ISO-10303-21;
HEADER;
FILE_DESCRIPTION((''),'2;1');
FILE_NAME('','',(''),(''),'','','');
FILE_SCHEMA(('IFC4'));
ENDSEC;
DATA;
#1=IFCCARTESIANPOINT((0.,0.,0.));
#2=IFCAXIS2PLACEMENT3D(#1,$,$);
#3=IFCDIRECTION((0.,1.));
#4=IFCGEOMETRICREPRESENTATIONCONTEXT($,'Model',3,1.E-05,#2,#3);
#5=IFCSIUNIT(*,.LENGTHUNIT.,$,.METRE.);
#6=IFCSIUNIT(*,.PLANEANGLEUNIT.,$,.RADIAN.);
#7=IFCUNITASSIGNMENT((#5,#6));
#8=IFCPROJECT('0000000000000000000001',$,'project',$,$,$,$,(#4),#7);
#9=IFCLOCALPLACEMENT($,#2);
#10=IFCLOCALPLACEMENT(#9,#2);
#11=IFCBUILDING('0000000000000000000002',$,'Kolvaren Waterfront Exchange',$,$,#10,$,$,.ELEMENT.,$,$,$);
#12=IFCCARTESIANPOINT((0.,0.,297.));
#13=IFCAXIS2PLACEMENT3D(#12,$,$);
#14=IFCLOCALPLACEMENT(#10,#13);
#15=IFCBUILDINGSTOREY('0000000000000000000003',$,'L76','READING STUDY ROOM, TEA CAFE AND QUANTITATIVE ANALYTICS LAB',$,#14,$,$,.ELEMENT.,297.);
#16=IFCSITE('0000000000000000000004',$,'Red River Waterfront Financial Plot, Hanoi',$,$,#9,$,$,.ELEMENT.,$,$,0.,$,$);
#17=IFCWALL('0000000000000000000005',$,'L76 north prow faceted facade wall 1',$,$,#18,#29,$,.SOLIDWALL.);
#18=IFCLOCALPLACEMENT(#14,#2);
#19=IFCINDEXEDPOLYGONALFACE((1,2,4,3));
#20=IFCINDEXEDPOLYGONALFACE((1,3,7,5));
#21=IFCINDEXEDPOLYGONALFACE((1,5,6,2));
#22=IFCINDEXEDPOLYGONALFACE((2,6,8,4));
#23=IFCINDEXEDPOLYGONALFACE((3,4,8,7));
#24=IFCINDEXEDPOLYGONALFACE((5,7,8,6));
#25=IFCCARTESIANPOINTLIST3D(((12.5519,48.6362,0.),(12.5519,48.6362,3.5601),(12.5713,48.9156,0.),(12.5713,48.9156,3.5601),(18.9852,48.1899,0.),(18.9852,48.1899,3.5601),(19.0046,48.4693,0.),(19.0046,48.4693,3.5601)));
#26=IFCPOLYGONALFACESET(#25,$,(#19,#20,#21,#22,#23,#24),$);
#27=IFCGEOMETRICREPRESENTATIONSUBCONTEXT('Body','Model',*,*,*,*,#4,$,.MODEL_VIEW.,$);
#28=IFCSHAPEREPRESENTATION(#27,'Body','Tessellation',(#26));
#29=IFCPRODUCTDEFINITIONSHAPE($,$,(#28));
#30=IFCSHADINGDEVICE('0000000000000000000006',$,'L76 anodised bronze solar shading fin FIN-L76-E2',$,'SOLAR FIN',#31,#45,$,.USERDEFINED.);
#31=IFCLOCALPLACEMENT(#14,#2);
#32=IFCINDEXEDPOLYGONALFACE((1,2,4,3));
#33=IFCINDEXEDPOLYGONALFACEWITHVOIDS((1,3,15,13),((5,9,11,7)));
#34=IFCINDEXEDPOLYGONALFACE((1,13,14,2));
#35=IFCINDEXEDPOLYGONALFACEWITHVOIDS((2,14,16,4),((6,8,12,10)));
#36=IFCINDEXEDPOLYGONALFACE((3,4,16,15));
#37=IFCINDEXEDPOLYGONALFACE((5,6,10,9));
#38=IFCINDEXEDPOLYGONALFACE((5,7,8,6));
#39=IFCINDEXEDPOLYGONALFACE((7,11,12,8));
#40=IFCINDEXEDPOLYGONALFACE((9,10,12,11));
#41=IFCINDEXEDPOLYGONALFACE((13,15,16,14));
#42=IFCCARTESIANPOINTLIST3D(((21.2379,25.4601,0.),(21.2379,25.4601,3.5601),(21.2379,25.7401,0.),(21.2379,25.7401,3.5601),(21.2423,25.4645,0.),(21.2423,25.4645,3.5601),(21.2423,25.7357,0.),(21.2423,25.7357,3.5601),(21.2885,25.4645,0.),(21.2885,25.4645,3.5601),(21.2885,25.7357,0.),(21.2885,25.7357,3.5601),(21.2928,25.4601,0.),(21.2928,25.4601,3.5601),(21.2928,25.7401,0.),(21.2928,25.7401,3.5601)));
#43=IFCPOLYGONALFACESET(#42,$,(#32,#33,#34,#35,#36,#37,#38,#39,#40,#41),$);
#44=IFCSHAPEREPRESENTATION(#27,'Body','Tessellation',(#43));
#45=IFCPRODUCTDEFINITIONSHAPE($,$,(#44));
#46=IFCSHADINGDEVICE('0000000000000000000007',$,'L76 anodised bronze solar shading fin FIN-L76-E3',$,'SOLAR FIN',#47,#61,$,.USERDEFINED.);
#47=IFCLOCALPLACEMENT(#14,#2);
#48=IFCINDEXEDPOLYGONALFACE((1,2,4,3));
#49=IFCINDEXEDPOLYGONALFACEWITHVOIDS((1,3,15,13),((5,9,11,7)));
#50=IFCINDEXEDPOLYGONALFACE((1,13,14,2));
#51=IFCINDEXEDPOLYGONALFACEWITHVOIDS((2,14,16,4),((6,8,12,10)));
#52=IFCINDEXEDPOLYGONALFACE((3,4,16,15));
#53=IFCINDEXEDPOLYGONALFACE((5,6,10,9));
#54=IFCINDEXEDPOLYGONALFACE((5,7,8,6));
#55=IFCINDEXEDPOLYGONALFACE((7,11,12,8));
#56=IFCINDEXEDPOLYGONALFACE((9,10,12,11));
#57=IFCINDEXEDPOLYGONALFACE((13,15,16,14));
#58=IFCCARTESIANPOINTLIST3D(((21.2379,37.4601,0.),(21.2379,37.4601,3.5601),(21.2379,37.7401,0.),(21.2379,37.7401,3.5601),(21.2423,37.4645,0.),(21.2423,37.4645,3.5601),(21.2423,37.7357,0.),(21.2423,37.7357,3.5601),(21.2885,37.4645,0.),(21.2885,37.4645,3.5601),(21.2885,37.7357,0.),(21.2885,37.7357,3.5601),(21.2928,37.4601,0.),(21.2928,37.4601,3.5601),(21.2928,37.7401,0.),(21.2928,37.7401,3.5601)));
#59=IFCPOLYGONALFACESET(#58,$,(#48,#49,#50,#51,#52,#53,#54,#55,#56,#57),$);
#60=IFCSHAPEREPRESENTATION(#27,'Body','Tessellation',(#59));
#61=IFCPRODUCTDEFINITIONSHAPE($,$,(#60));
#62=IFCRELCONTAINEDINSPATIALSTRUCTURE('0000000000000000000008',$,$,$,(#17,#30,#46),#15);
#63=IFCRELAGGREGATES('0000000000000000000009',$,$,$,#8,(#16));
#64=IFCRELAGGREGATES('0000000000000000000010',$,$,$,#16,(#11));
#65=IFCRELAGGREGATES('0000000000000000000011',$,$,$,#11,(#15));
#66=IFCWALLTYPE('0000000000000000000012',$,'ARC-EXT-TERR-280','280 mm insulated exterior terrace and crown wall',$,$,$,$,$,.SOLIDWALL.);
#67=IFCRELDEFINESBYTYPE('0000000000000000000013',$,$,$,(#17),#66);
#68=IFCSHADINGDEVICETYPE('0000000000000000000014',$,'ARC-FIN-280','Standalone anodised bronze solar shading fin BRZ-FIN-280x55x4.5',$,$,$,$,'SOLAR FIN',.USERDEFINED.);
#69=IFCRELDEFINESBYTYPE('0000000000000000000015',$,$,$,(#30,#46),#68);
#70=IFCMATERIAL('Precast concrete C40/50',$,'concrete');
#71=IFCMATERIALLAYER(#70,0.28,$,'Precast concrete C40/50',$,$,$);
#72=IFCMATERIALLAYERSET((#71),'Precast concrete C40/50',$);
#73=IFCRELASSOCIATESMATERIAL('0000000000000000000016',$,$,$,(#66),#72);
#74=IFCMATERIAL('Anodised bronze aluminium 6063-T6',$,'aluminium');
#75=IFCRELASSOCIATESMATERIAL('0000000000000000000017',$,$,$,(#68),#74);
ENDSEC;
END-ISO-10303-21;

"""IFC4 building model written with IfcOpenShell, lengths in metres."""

from ifc_helpers import new_model, si_unit, direction, frame, frame_2d, origin, origin_2d, place, context, subcontext, project, spatial, rectangle, hollow_rectangle, extrude, material, layer, layer_set, material_profile, profile_set, type_object, element, save


model = new_model("IFC4")

# Units and contexts
model_context = context("Model", 3, precision=1e-05, world=origin(), true_north=direction((0.0, 1.0)))
body_context = subcontext(model_context, "Body", "Model", "MODEL_VIEW")
ifc_project = project(units=[si_unit("LENGTHUNIT", "METRE"), si_unit("PLANEANGLEUNIT", "RADIAN")], contexts=[model_context])

# Site, building, storey
site_placement = place(None, origin())
site = spatial("IfcSite", under=ifc_project, at=site_placement, Name="Red River Waterfront Financial Plot, Hanoi", CompositionType="ELEMENT", RefElevation=0.0)
building_placement = place(site_placement, origin())
building = spatial("IfcBuilding", under=site, at=building_placement, Name="Kolvaren Waterfront Exchange", CompositionType="ELEMENT")
storey_placement = place(building_placement, frame((0.0, 0.0, 297.0)))
storey = spatial("IfcBuildingStorey", under=building, at=storey_placement, Name="L76", Description="READING STUDY ROOM, TEA CAFE AND QUANTITATIVE ANALYTICS LAB", CompositionType="ELEMENT", Elevation=297.0)

# Shared definitions
ifc_material_1 = material(Name="Anodised bronze aluminium 6063-T6", Category="aluminium")

# Wall
ifc_material_2 = material(Name="Precast concrete C40/50", Category="concrete")
ifc_layer_1 = layer(ifc_material_2, 0.28, Name="Precast concrete C40/50")
ifc_layer_set_1 = layer_set([ifc_layer_1], Name="Precast concrete C40/50")
wall_type = type_object("IfcWallType", Name="ARC-EXT-TERR-280", Description="280 mm insulated exterior terrace and crown wall", PredefinedType="SOLIDWALL", material=ifc_layer_set_1)
wall_1_placement = place(storey_placement, frame((18.9949, 48.3296, 0.0), z_axis=(0.0, 0.0, 1.0), x_axis=(-0.997602, 0.069205, 0.0)))
element("IfcWall", 1, at=wall_1_placement, inside=storey, type_object=wall_type, Name="L76 north prow faceted facade wall 1", PredefinedType="SOLIDWALL", context=body_context, shape_type="SweptSolid", body=[
    extrude(rectangle(XDim=6.4487, YDim=0.28, at=frame_2d((3.2244, 0.0))), origin(), (0.0, 0.0, 1.0), 3.5601),
])

# Shading devices
ifc_material_profile_1 = material_profile(ifc_material_1, hollow_rectangle(XDim=0.0549, YDim=0.28, WallThickness=0.0044, at=origin_2d()), Name="BRZ-FIN-280x55x4.5")
ifc_profile_set_1 = profile_set([ifc_material_profile_1], Name="Anodised bronze aluminium 6063-T6")
shading_device_type = type_object("IfcShadingDeviceType", Name="ARC-FIN-280", Description="Standalone anodised bronze solar shading fin BRZ-FIN-280x55x4.5", ElementType="SOLAR FIN", PredefinedType="USERDEFINED", material=ifc_profile_set_1)
for number, where, z_axis, x_axis, name in (
    (2, (21.2654, 25.6001, 0.0), (0.0, 0.0, 1.0), (1.0, 0.0, 0.0), "L76 anodised bronze solar shading fin FIN-L76-E2"),
    (3, (21.2654, 37.6001, 0.0), (0.0, 0.0, 1.0), (1.0, 0.0, 0.0), "L76 anodised bronze solar shading fin FIN-L76-E3"),
):
    element("IfcShadingDevice", number, at=place(storey_placement, frame(where, z_axis=z_axis, x_axis=x_axis)), inside=storey, type_object=shading_device_type, Name=name, ObjectType="SOLAR FIN", PredefinedType="USERDEFINED", context=body_context, shape_type="SweptSolid", body=[
        extrude(hollow_rectangle(XDim=0.0549, YDim=0.28, WallThickness=0.0044, at=origin_2d()), origin(), (0.0, 0.0, 1.0), 3.5601),
    ])

save(model, "model.ifc")
